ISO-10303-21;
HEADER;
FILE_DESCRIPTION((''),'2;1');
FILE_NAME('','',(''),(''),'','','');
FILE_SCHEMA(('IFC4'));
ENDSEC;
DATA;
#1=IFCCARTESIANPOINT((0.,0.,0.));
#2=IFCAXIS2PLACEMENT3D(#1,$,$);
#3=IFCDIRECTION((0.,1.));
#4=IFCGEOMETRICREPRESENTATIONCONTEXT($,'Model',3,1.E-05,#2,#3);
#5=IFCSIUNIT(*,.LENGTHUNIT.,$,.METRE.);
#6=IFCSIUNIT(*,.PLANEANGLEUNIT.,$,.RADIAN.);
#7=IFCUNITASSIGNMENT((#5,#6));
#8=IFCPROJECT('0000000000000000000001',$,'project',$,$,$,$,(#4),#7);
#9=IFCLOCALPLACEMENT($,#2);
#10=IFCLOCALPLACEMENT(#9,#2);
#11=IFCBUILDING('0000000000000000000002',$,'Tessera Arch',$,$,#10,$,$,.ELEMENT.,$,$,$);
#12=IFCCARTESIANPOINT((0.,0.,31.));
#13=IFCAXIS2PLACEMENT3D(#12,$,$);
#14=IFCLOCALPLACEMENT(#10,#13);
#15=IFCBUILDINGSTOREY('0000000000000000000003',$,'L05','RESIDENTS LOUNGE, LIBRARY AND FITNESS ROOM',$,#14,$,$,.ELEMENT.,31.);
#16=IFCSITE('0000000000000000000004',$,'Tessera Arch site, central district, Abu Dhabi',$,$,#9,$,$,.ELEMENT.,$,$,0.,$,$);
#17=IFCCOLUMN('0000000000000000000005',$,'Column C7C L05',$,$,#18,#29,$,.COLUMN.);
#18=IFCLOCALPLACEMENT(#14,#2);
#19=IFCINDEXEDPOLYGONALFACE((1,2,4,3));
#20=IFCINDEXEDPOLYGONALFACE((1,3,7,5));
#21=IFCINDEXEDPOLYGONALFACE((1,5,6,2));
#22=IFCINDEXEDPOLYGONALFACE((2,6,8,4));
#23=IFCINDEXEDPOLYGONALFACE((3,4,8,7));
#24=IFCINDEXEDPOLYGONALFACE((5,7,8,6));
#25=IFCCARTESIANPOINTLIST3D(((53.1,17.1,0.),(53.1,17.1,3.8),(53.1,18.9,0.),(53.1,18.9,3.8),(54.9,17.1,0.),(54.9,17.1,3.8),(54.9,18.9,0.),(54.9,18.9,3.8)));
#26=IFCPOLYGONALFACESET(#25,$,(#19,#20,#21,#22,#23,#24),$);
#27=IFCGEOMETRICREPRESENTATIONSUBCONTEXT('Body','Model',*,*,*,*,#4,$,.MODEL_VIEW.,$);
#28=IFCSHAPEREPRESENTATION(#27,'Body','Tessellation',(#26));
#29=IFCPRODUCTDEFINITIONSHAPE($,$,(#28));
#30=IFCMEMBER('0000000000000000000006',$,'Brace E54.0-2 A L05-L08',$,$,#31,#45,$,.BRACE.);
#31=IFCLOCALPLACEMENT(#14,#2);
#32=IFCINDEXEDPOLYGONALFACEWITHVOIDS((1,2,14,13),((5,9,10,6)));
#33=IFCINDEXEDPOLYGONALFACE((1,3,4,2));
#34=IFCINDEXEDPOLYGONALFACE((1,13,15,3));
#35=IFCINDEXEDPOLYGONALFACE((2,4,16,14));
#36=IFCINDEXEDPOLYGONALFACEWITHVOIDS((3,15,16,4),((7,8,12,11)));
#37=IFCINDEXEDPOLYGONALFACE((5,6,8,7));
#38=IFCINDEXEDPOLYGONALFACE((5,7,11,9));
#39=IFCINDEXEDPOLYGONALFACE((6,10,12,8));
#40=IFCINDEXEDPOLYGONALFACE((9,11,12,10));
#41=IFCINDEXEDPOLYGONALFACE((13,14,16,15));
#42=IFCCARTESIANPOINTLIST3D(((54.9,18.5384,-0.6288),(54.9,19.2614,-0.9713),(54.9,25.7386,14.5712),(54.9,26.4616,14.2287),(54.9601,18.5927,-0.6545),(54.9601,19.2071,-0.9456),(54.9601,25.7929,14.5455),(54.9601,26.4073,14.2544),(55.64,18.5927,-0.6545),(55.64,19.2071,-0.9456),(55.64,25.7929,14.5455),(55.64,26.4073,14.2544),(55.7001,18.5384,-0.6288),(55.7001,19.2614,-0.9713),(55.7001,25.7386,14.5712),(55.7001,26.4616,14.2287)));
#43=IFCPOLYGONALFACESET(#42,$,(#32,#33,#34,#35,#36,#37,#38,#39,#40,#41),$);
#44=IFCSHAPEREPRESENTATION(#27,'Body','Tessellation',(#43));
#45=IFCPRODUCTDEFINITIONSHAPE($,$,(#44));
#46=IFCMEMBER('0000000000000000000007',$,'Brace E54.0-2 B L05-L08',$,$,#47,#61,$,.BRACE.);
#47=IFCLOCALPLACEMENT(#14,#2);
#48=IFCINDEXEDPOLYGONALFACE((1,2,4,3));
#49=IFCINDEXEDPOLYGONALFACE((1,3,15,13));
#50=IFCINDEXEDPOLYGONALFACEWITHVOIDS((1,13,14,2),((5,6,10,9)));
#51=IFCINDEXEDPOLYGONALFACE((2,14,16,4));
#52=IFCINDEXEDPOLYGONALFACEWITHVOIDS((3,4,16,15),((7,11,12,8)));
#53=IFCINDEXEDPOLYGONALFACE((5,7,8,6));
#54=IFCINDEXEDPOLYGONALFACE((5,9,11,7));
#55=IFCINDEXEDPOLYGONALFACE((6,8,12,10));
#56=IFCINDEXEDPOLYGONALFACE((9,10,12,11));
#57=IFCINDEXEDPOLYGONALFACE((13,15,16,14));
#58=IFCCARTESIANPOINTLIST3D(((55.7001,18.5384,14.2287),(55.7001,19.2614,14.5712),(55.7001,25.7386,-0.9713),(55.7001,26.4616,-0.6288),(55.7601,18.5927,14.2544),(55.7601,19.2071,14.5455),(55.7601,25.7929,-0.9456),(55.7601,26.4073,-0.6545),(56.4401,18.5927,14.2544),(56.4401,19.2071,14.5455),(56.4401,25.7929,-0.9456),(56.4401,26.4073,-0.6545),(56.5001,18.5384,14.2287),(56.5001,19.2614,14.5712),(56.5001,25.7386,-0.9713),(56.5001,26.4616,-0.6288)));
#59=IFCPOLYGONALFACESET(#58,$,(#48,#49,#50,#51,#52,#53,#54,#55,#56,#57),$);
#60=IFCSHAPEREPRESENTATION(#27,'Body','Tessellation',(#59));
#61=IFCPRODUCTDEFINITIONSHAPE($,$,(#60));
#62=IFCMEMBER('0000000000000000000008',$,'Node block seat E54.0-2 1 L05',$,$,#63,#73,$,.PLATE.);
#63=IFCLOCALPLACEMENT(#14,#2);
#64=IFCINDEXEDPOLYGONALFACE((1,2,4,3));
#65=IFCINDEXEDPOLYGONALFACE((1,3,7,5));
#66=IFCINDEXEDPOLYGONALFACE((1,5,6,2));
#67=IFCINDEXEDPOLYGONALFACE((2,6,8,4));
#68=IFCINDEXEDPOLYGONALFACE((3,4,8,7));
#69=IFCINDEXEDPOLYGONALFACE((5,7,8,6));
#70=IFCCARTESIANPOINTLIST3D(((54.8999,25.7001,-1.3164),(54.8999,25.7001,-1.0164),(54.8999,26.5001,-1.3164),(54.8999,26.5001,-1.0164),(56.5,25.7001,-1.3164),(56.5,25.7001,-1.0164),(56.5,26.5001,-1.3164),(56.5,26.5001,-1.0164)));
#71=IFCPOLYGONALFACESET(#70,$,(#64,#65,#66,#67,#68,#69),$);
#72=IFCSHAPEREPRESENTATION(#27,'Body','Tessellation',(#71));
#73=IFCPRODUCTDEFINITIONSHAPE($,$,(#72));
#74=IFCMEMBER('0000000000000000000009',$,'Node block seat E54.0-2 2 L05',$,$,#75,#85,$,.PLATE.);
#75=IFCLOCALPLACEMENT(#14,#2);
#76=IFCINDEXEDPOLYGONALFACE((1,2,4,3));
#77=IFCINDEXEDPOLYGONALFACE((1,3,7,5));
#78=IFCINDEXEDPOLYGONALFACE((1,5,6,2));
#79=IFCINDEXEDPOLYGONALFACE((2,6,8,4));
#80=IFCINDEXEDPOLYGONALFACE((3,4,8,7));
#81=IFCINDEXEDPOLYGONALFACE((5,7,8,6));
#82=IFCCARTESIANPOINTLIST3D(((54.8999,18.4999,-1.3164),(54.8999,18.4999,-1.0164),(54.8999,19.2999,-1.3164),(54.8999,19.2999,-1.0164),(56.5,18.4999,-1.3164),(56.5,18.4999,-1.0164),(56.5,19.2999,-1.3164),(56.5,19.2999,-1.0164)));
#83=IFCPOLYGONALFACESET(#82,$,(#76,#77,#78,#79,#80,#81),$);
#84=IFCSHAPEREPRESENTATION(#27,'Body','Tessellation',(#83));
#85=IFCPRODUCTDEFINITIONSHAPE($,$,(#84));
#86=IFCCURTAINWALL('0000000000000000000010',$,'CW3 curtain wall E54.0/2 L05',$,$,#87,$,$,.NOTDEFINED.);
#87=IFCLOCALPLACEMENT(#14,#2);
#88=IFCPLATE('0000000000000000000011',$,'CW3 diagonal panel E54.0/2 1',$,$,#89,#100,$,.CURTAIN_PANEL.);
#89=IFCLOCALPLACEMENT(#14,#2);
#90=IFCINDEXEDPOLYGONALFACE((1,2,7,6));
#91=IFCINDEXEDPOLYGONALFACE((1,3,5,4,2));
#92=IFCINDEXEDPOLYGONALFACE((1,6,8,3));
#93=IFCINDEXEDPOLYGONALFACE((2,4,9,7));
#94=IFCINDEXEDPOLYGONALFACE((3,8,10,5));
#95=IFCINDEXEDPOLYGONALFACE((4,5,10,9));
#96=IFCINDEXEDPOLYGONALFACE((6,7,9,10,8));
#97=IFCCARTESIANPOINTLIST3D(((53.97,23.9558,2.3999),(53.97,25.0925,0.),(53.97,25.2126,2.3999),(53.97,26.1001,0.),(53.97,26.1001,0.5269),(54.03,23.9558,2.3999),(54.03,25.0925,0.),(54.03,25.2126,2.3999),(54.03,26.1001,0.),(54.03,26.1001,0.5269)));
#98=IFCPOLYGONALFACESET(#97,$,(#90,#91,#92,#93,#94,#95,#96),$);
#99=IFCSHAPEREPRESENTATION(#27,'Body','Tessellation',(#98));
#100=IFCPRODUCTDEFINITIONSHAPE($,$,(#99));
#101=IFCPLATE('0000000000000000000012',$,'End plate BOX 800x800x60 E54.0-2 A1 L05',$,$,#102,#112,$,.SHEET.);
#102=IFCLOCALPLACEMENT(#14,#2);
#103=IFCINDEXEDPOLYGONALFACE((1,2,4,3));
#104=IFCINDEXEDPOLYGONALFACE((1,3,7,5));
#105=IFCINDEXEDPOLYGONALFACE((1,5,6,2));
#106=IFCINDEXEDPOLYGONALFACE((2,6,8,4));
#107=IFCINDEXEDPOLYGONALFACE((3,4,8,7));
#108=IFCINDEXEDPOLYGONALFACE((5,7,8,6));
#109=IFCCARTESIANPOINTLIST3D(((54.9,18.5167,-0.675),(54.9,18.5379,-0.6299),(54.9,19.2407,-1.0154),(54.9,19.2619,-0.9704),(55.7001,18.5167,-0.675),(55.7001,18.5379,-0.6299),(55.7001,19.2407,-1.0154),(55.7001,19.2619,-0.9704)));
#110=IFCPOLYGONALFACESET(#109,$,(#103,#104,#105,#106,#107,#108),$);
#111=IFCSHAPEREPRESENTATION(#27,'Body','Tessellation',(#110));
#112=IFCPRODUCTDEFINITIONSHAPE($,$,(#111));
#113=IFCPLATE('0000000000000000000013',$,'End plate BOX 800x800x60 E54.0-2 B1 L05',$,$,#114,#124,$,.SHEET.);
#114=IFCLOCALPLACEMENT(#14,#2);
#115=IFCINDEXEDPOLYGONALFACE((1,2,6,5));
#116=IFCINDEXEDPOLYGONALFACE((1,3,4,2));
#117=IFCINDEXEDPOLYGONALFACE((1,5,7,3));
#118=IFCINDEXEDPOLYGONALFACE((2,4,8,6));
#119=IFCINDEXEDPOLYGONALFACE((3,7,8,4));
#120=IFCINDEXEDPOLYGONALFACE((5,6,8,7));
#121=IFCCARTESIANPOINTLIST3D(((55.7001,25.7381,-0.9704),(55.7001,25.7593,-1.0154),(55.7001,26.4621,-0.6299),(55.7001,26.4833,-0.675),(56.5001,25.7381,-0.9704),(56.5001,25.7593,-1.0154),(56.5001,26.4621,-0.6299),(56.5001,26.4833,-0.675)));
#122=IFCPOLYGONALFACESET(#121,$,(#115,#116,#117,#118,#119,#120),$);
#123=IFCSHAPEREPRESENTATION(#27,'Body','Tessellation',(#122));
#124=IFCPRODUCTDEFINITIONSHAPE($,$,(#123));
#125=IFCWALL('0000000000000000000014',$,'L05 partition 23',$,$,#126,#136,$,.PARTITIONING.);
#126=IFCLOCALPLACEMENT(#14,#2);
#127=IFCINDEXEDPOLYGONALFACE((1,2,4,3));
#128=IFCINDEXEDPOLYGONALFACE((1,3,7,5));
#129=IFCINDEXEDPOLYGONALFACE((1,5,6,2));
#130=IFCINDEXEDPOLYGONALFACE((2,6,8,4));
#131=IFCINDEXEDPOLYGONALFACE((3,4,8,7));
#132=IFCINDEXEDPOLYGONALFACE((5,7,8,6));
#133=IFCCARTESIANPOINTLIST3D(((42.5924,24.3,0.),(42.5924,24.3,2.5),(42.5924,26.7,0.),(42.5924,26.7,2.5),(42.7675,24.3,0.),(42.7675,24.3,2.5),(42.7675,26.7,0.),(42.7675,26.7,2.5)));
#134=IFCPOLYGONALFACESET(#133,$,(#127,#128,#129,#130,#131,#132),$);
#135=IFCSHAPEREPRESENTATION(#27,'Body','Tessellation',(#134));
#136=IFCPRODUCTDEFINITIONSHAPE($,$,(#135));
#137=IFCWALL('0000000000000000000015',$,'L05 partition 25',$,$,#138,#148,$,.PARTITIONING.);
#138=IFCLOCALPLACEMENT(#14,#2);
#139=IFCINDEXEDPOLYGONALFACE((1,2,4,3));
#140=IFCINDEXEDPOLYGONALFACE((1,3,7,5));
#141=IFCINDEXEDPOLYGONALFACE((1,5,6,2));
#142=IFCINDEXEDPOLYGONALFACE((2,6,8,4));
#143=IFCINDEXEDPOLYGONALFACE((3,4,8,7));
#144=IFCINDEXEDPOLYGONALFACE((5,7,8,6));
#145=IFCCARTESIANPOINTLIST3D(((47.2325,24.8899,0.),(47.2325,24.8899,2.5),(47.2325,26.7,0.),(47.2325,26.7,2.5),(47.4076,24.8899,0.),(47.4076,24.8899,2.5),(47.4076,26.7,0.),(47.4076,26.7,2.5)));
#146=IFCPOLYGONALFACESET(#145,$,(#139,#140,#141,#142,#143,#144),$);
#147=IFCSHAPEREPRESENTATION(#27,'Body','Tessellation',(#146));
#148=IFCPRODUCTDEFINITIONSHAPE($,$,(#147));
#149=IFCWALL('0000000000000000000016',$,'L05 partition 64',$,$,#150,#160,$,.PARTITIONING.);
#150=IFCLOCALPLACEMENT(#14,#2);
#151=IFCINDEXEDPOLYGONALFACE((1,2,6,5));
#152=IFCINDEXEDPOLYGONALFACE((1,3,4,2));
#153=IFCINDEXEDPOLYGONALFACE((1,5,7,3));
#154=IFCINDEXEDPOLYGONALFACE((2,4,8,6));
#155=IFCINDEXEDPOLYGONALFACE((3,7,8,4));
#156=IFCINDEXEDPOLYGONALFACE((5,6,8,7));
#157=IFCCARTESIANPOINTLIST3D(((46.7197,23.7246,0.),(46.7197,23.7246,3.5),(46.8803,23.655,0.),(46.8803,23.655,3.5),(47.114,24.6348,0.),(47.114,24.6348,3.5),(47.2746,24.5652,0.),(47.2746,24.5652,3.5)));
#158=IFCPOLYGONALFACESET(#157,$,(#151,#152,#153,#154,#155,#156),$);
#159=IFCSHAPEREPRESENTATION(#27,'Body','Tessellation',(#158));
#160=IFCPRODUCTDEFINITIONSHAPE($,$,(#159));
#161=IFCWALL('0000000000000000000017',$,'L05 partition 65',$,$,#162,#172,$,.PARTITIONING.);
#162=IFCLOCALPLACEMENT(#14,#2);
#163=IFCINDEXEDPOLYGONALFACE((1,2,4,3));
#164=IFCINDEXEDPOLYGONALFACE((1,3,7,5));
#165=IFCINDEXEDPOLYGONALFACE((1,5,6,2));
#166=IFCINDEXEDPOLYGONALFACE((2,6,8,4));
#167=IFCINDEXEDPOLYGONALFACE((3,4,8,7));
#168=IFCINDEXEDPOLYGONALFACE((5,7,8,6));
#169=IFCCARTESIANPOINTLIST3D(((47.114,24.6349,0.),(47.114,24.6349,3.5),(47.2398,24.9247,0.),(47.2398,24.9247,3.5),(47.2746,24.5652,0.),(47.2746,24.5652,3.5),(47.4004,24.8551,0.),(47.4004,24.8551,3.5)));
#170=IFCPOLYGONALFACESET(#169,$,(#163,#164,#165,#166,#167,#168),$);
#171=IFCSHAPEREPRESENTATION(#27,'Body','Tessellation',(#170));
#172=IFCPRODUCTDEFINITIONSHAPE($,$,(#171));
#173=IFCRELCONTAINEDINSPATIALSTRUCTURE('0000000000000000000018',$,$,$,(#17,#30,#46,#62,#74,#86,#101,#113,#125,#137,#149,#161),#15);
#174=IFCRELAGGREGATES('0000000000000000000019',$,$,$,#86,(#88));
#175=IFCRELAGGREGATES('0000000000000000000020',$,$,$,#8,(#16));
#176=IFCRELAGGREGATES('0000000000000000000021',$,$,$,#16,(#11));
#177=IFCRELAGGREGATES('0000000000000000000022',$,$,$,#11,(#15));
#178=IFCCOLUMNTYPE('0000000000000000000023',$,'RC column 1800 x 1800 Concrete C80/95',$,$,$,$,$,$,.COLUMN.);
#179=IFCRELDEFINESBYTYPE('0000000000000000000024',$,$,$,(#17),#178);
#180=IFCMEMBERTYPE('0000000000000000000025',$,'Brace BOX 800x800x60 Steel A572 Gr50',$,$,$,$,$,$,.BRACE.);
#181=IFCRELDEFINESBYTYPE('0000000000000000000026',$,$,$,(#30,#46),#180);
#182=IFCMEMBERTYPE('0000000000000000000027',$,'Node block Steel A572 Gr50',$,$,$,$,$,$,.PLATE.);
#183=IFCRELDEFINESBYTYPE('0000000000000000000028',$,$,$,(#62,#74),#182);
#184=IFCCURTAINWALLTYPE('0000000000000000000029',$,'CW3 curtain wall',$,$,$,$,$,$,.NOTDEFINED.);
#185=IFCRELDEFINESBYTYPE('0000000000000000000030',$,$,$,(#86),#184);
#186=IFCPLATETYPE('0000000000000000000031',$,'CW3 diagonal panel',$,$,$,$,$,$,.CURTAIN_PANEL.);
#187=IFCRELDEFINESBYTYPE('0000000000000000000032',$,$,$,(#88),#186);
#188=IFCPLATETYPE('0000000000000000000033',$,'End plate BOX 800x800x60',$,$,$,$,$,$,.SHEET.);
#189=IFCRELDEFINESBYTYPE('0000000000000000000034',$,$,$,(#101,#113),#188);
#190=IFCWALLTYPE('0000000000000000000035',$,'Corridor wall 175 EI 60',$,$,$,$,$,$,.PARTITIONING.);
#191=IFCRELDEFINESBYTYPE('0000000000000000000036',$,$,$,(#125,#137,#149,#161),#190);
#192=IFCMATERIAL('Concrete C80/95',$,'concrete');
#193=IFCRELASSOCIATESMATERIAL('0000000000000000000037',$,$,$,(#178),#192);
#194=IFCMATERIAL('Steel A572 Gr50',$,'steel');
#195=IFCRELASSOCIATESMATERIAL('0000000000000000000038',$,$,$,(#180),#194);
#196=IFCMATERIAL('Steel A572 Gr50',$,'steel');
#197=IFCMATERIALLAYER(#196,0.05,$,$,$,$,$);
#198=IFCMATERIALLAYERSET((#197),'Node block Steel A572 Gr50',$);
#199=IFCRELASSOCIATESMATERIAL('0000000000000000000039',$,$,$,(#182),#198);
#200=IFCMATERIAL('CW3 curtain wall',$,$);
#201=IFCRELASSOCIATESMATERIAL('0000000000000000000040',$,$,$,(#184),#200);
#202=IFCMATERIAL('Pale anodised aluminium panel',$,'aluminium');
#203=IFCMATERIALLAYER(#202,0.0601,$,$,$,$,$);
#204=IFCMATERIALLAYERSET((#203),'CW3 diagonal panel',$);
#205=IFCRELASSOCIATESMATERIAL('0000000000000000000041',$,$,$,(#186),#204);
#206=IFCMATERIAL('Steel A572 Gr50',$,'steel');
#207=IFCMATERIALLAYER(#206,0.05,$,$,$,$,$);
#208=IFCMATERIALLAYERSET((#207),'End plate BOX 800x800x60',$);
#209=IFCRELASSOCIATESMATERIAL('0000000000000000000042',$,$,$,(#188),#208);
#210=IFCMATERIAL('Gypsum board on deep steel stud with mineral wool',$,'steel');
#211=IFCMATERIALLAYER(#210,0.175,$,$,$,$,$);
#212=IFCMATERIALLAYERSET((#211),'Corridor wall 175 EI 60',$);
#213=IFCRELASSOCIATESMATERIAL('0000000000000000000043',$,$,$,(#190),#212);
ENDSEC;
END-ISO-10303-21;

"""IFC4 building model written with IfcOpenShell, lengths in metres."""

from ifc_helpers import new_model, si_unit, direction, frame, frame_2d, origin, origin_2d, place, context, subcontext, project, spatial, polyline, rectangle, hollow_rectangle, outline, extrude, material, layer, layer_set, material_profile, profile_set, type_object, element, aggregate, save


model = new_model("IFC4")

# Units and contexts
model_context = context("Model", 3, precision=1e-05, world=origin(), true_north=direction((0.0, 1.0)))
body_context = subcontext(model_context, "Body", "Model", "MODEL_VIEW")
ifc_project = project(units=[si_unit("LENGTHUNIT", "METRE"), si_unit("PLANEANGLEUNIT", "RADIAN")], contexts=[model_context])

# Site, building, storey
site_placement = place(None, origin())
site = spatial("IfcSite", under=ifc_project, at=site_placement, Name="Tessera Arch site, central district, Abu Dhabi", CompositionType="ELEMENT", RefElevation=0.0)
building_placement = place(site_placement, origin())
building = spatial("IfcBuilding", under=site, at=building_placement, Name="Tessera Arch", CompositionType="ELEMENT")
storey_placement = place(building_placement, frame((0.0, 0.0, 31.0)))
storey = spatial("IfcBuildingStorey", under=building, at=storey_placement, Name="L05", Description="RESIDENTS LOUNGE, LIBRARY AND FITNESS ROOM", CompositionType="ELEMENT", Elevation=31.0)

# Column
ifc_material_1 = material(Name="Concrete C80/95", Category="concrete")
ifc_material_profile_1 = material_profile(ifc_material_1, rectangle(XDim=1.8, YDim=1.8, at=origin_2d()), Name="RC column 1800 x 1800 Concrete C80/95")
ifc_profile_set_1 = profile_set([ifc_material_profile_1], Name="Concrete C80/95")
column_type = type_object("IfcColumnType", Name="RC column 1800 x 1800 Concrete C80/95", PredefinedType="COLUMN", material=ifc_profile_set_1)
column_placement = place(storey_placement, frame((54.0, 18.0, 0.0), z_axis=(0.0, 0.0, 1.0), x_axis=(1.0, 0.0, 0.0)))
element("IfcColumn", 1, at=column_placement, inside=storey, type_object=column_type, Name="Column C7C L05", PredefinedType="COLUMN", context=body_context, shape_type="SweptSolid", body=[
    extrude(rectangle(XDim=1.8, YDim=1.8, at=origin_2d()), origin(), (0.0, 0.0, 1.0), 3.8),
])

# Members
ifc_material_2 = material(Name="Steel A572 Gr50", Category="steel")
ifc_material_profile_2 = material_profile(ifc_material_2, hollow_rectangle(XDim=0.8, YDim=0.8, WallThickness=0.0601, at=origin_2d()), Name="BOX 800x800x60")
ifc_profile_set_2 = profile_set([ifc_material_profile_2], Name="Steel A572 Gr50")
member_type_1 = type_object("IfcMemberType", Name="Brace BOX 800x800x60 Steel A572 Gr50", PredefinedType="BRACE", material=ifc_profile_set_2)
for number, where, z_axis, x_axis, name in (
    (2, (55.3, 18.8999, -0.8), (0.0, 0.428097, 0.903733), (-1.0, 0.0, 0.0), "Brace E54.0-2 A L05-L08"),
    (3, (56.1001, 26.1001, -0.8), (0.0, -0.428097, 0.903733), (1.0, 0.0, 0.0), "Brace E54.0-2 B L05-L08"),
):
    element("IfcMember", number, at=place(storey_placement, frame(where, z_axis=z_axis, x_axis=x_axis)), inside=storey, type_object=member_type_1, Name=name, PredefinedType="BRACE", context=body_context, shape_type="SweptSolid", body=[
        extrude(hollow_rectangle(XDim=0.8, YDim=0.8, WallThickness=0.0601, at=origin_2d()), origin(), (0.0, 0.0, 1.0), 16.8191),
    ])
ifc_material_3 = material(Name="Steel A572 Gr50", Category="steel")
ifc_layer_1 = layer(ifc_material_3, 0.05)
ifc_layer_set_1 = layer_set([ifc_layer_1], Name="Node block Steel A572 Gr50")
member_type_2 = type_object("IfcMemberType", Name="Node block Steel A572 Gr50", PredefinedType="PLATE", material=ifc_layer_set_1)
for number, where, z_axis, x_axis, name in (
    (4, (55.7, 26.1001, -1.3164), (0.0, 0.0, 1.0), (0.0, 1.0, 0.0), "Node block seat E54.0-2 1 L05"),
    (5, (55.7, 18.8999, -1.3164), (0.0, 0.0, 1.0), (0.0, 1.0, 0.0), "Node block seat E54.0-2 2 L05"),
):
    element("IfcMember", number, at=place(storey_placement, frame(where, z_axis=z_axis, x_axis=x_axis)), inside=storey, type_object=member_type_2, Name=name, PredefinedType="PLATE", context=body_context, shape_type="SweptSolid", body=[
        extrude(rectangle(XDim=0.8, YDim=1.6001, at=origin_2d()), origin(), (0.0, 0.0, 1.0), 0.3),
    ])

# Curtain wall, plate
ifc_material_4 = material(Name="CW3 curtain wall")
curtain_wall_type = type_object("IfcCurtainWallType", Name="CW3 curtain wall", PredefinedType="NOTDEFINED", material=ifc_material_4)
curtain_wall_placement = place(storey_placement, origin())
curtain_wall = element("IfcCurtainWall", 6, at=curtain_wall_placement, inside=storey, type_object=curtain_wall_type, Name="CW3 curtain wall E54.0/2 L05", PredefinedType="NOTDEFINED")
ifc_material_5 = material(Name="Pale anodised aluminium panel", Category="aluminium")
ifc_layer_2 = layer(ifc_material_5, 0.0601)
ifc_layer_set_2 = layer_set([ifc_layer_2], Name="CW3 diagonal panel")
plate_type_1 = type_object("IfcPlateType", Name="CW3 diagonal panel", PredefinedType="CURTAIN_PANEL", material=ifc_layer_set_2)
plate_placement = place(storey_placement, frame((54.03, 26.1001, 0.0), z_axis=(1.0, 0.0, 0.0), x_axis=(0.0, 0.0, 1.0)))
plate = element("IfcPlate", 7, at=plate_placement, type_object=plate_type_1, Name="CW3 diagonal panel E54.0/2 1", PredefinedType="CURTAIN_PANEL", context=body_context, shape_type="SweptSolid", body=[
    extrude(outline(polyline([(0.0, 0.0), (0.5269, 0.0), (2.3999, 0.8875), (2.3999, 2.1443), (0.0, 1.0076), (0.0, 0.0)])), origin(), (0.0, 0.0, -1.0), 0.0601),
])
aggregate(curtain_wall, [plate])

# Plates
ifc_material_6 = material(Name="Steel A572 Gr50", Category="steel")
ifc_layer_3 = layer(ifc_material_6, 0.05)
ifc_layer_set_3 = layer_set([ifc_layer_3], Name="End plate BOX 800x800x60")
plate_type_2 = type_object("IfcPlateType", Name="End plate BOX 800x800x60", PredefinedType="SHEET", material=ifc_layer_set_3)
for number, where, z_axis, x_axis, name in (
    (8, (55.3, 18.8787, -0.8452), (0.0, 0.425561, 0.90493), (-1.0, 0.0, 0.0), "End plate BOX 800x800x60 E54.0-2 A1 L05"),
    (9, (56.1001, 26.1213, -0.8452), (0.0, -0.425561, 0.90493), (1.0, 0.0, 0.0), "End plate BOX 800x800x60 E54.0-2 B1 L05"),
):
    element("IfcPlate", number, at=place(storey_placement, frame(where, z_axis=z_axis, x_axis=x_axis)), inside=storey, type_object=plate_type_2, Name=name, PredefinedType="SHEET", context=body_context, shape_type="SweptSolid", body=[
        extrude(rectangle(XDim=0.8, YDim=0.8, at=origin_2d()), origin(), (0.0, 0.0, 1.0), 0.0498),
    ])

# Walls
ifc_material_7 = material(Name="Gypsum board on deep steel stud with mineral wool", Category="steel")
ifc_layer_4 = layer(ifc_material_7, 0.175)
ifc_layer_set_4 = layer_set([ifc_layer_4], Name="Corridor wall 175 EI 60")
wall_type_1 = type_object("IfcWallType", Name="Corridor wall 175 EI 60", PredefinedType="PARTITIONING", material=ifc_layer_set_4)
wall_1_placement = place(storey_placement, frame((42.6799, 24.3, 0.0), z_axis=(0.0, 0.0, 1.0), x_axis=(0.0, 1.0, 0.0)))
element("IfcWall", 10, at=wall_1_placement, inside=storey, type_object=wall_type_1, Name="L05 partition 23", PredefinedType="PARTITIONING", context=body_context, shape_type="SweptSolid", body=[
    extrude(rectangle(XDim=2.3999, YDim=0.175, at=frame_2d((1.2, 0.0))), origin(), (0.0, 0.0, 1.0), 2.5),
])
wall_2_placement = place(storey_placement, frame((47.3201, 24.8899, 0.0), z_axis=(0.0, 0.0, 1.0), x_axis=(0.0, 1.0, 0.0)))
element("IfcWall", 11, at=wall_2_placement, inside=storey, type_object=wall_type_1, Name="L05 partition 25", PredefinedType="PARTITIONING", context=body_context, shape_type="SweptSolid", body=[
    extrude(rectangle(XDim=1.8101, YDim=0.175, at=frame_2d((0.905, 0.0))), origin(), (0.0, 0.0, 1.0), 2.5),
])
wall_3_placement = place(storey_placement, frame((47.1943, 24.6001, 0.0), z_axis=(0.0, 0.0, 1.0), x_axis=(-0.397511, -0.917598, 0.0)))
element("IfcWall", 12, at=wall_3_placement, inside=storey, type_object=wall_type_1, Name="L05 partition 64", PredefinedType="PARTITIONING", context=body_context, shape_type="SweptSolid", body=[
    extrude(rectangle(XDim=0.9919, YDim=0.175, at=frame_2d((0.4961, 0.0))), origin(), (0.0, 0.0, 1.0), 3.5),
])
wall_4_placement = place(storey_placement, frame((47.3201, 24.8899, 0.0), z_axis=(0.0, 0.0, 1.0), x_axis=(-0.398019, -0.917377, 0.0)))
element("IfcWall", 13, at=wall_4_placement, inside=storey, type_object=wall_type_1, Name="L05 partition 65", PredefinedType="PARTITIONING", context=body_context, shape_type="SweptSolid", body=[
    extrude(rectangle(XDim=0.3159, YDim=0.175, at=frame_2d((0.158, 0.0))), origin(), (0.0, 0.0, 1.0), 3.5),
])

save(model, "model.ifc")
